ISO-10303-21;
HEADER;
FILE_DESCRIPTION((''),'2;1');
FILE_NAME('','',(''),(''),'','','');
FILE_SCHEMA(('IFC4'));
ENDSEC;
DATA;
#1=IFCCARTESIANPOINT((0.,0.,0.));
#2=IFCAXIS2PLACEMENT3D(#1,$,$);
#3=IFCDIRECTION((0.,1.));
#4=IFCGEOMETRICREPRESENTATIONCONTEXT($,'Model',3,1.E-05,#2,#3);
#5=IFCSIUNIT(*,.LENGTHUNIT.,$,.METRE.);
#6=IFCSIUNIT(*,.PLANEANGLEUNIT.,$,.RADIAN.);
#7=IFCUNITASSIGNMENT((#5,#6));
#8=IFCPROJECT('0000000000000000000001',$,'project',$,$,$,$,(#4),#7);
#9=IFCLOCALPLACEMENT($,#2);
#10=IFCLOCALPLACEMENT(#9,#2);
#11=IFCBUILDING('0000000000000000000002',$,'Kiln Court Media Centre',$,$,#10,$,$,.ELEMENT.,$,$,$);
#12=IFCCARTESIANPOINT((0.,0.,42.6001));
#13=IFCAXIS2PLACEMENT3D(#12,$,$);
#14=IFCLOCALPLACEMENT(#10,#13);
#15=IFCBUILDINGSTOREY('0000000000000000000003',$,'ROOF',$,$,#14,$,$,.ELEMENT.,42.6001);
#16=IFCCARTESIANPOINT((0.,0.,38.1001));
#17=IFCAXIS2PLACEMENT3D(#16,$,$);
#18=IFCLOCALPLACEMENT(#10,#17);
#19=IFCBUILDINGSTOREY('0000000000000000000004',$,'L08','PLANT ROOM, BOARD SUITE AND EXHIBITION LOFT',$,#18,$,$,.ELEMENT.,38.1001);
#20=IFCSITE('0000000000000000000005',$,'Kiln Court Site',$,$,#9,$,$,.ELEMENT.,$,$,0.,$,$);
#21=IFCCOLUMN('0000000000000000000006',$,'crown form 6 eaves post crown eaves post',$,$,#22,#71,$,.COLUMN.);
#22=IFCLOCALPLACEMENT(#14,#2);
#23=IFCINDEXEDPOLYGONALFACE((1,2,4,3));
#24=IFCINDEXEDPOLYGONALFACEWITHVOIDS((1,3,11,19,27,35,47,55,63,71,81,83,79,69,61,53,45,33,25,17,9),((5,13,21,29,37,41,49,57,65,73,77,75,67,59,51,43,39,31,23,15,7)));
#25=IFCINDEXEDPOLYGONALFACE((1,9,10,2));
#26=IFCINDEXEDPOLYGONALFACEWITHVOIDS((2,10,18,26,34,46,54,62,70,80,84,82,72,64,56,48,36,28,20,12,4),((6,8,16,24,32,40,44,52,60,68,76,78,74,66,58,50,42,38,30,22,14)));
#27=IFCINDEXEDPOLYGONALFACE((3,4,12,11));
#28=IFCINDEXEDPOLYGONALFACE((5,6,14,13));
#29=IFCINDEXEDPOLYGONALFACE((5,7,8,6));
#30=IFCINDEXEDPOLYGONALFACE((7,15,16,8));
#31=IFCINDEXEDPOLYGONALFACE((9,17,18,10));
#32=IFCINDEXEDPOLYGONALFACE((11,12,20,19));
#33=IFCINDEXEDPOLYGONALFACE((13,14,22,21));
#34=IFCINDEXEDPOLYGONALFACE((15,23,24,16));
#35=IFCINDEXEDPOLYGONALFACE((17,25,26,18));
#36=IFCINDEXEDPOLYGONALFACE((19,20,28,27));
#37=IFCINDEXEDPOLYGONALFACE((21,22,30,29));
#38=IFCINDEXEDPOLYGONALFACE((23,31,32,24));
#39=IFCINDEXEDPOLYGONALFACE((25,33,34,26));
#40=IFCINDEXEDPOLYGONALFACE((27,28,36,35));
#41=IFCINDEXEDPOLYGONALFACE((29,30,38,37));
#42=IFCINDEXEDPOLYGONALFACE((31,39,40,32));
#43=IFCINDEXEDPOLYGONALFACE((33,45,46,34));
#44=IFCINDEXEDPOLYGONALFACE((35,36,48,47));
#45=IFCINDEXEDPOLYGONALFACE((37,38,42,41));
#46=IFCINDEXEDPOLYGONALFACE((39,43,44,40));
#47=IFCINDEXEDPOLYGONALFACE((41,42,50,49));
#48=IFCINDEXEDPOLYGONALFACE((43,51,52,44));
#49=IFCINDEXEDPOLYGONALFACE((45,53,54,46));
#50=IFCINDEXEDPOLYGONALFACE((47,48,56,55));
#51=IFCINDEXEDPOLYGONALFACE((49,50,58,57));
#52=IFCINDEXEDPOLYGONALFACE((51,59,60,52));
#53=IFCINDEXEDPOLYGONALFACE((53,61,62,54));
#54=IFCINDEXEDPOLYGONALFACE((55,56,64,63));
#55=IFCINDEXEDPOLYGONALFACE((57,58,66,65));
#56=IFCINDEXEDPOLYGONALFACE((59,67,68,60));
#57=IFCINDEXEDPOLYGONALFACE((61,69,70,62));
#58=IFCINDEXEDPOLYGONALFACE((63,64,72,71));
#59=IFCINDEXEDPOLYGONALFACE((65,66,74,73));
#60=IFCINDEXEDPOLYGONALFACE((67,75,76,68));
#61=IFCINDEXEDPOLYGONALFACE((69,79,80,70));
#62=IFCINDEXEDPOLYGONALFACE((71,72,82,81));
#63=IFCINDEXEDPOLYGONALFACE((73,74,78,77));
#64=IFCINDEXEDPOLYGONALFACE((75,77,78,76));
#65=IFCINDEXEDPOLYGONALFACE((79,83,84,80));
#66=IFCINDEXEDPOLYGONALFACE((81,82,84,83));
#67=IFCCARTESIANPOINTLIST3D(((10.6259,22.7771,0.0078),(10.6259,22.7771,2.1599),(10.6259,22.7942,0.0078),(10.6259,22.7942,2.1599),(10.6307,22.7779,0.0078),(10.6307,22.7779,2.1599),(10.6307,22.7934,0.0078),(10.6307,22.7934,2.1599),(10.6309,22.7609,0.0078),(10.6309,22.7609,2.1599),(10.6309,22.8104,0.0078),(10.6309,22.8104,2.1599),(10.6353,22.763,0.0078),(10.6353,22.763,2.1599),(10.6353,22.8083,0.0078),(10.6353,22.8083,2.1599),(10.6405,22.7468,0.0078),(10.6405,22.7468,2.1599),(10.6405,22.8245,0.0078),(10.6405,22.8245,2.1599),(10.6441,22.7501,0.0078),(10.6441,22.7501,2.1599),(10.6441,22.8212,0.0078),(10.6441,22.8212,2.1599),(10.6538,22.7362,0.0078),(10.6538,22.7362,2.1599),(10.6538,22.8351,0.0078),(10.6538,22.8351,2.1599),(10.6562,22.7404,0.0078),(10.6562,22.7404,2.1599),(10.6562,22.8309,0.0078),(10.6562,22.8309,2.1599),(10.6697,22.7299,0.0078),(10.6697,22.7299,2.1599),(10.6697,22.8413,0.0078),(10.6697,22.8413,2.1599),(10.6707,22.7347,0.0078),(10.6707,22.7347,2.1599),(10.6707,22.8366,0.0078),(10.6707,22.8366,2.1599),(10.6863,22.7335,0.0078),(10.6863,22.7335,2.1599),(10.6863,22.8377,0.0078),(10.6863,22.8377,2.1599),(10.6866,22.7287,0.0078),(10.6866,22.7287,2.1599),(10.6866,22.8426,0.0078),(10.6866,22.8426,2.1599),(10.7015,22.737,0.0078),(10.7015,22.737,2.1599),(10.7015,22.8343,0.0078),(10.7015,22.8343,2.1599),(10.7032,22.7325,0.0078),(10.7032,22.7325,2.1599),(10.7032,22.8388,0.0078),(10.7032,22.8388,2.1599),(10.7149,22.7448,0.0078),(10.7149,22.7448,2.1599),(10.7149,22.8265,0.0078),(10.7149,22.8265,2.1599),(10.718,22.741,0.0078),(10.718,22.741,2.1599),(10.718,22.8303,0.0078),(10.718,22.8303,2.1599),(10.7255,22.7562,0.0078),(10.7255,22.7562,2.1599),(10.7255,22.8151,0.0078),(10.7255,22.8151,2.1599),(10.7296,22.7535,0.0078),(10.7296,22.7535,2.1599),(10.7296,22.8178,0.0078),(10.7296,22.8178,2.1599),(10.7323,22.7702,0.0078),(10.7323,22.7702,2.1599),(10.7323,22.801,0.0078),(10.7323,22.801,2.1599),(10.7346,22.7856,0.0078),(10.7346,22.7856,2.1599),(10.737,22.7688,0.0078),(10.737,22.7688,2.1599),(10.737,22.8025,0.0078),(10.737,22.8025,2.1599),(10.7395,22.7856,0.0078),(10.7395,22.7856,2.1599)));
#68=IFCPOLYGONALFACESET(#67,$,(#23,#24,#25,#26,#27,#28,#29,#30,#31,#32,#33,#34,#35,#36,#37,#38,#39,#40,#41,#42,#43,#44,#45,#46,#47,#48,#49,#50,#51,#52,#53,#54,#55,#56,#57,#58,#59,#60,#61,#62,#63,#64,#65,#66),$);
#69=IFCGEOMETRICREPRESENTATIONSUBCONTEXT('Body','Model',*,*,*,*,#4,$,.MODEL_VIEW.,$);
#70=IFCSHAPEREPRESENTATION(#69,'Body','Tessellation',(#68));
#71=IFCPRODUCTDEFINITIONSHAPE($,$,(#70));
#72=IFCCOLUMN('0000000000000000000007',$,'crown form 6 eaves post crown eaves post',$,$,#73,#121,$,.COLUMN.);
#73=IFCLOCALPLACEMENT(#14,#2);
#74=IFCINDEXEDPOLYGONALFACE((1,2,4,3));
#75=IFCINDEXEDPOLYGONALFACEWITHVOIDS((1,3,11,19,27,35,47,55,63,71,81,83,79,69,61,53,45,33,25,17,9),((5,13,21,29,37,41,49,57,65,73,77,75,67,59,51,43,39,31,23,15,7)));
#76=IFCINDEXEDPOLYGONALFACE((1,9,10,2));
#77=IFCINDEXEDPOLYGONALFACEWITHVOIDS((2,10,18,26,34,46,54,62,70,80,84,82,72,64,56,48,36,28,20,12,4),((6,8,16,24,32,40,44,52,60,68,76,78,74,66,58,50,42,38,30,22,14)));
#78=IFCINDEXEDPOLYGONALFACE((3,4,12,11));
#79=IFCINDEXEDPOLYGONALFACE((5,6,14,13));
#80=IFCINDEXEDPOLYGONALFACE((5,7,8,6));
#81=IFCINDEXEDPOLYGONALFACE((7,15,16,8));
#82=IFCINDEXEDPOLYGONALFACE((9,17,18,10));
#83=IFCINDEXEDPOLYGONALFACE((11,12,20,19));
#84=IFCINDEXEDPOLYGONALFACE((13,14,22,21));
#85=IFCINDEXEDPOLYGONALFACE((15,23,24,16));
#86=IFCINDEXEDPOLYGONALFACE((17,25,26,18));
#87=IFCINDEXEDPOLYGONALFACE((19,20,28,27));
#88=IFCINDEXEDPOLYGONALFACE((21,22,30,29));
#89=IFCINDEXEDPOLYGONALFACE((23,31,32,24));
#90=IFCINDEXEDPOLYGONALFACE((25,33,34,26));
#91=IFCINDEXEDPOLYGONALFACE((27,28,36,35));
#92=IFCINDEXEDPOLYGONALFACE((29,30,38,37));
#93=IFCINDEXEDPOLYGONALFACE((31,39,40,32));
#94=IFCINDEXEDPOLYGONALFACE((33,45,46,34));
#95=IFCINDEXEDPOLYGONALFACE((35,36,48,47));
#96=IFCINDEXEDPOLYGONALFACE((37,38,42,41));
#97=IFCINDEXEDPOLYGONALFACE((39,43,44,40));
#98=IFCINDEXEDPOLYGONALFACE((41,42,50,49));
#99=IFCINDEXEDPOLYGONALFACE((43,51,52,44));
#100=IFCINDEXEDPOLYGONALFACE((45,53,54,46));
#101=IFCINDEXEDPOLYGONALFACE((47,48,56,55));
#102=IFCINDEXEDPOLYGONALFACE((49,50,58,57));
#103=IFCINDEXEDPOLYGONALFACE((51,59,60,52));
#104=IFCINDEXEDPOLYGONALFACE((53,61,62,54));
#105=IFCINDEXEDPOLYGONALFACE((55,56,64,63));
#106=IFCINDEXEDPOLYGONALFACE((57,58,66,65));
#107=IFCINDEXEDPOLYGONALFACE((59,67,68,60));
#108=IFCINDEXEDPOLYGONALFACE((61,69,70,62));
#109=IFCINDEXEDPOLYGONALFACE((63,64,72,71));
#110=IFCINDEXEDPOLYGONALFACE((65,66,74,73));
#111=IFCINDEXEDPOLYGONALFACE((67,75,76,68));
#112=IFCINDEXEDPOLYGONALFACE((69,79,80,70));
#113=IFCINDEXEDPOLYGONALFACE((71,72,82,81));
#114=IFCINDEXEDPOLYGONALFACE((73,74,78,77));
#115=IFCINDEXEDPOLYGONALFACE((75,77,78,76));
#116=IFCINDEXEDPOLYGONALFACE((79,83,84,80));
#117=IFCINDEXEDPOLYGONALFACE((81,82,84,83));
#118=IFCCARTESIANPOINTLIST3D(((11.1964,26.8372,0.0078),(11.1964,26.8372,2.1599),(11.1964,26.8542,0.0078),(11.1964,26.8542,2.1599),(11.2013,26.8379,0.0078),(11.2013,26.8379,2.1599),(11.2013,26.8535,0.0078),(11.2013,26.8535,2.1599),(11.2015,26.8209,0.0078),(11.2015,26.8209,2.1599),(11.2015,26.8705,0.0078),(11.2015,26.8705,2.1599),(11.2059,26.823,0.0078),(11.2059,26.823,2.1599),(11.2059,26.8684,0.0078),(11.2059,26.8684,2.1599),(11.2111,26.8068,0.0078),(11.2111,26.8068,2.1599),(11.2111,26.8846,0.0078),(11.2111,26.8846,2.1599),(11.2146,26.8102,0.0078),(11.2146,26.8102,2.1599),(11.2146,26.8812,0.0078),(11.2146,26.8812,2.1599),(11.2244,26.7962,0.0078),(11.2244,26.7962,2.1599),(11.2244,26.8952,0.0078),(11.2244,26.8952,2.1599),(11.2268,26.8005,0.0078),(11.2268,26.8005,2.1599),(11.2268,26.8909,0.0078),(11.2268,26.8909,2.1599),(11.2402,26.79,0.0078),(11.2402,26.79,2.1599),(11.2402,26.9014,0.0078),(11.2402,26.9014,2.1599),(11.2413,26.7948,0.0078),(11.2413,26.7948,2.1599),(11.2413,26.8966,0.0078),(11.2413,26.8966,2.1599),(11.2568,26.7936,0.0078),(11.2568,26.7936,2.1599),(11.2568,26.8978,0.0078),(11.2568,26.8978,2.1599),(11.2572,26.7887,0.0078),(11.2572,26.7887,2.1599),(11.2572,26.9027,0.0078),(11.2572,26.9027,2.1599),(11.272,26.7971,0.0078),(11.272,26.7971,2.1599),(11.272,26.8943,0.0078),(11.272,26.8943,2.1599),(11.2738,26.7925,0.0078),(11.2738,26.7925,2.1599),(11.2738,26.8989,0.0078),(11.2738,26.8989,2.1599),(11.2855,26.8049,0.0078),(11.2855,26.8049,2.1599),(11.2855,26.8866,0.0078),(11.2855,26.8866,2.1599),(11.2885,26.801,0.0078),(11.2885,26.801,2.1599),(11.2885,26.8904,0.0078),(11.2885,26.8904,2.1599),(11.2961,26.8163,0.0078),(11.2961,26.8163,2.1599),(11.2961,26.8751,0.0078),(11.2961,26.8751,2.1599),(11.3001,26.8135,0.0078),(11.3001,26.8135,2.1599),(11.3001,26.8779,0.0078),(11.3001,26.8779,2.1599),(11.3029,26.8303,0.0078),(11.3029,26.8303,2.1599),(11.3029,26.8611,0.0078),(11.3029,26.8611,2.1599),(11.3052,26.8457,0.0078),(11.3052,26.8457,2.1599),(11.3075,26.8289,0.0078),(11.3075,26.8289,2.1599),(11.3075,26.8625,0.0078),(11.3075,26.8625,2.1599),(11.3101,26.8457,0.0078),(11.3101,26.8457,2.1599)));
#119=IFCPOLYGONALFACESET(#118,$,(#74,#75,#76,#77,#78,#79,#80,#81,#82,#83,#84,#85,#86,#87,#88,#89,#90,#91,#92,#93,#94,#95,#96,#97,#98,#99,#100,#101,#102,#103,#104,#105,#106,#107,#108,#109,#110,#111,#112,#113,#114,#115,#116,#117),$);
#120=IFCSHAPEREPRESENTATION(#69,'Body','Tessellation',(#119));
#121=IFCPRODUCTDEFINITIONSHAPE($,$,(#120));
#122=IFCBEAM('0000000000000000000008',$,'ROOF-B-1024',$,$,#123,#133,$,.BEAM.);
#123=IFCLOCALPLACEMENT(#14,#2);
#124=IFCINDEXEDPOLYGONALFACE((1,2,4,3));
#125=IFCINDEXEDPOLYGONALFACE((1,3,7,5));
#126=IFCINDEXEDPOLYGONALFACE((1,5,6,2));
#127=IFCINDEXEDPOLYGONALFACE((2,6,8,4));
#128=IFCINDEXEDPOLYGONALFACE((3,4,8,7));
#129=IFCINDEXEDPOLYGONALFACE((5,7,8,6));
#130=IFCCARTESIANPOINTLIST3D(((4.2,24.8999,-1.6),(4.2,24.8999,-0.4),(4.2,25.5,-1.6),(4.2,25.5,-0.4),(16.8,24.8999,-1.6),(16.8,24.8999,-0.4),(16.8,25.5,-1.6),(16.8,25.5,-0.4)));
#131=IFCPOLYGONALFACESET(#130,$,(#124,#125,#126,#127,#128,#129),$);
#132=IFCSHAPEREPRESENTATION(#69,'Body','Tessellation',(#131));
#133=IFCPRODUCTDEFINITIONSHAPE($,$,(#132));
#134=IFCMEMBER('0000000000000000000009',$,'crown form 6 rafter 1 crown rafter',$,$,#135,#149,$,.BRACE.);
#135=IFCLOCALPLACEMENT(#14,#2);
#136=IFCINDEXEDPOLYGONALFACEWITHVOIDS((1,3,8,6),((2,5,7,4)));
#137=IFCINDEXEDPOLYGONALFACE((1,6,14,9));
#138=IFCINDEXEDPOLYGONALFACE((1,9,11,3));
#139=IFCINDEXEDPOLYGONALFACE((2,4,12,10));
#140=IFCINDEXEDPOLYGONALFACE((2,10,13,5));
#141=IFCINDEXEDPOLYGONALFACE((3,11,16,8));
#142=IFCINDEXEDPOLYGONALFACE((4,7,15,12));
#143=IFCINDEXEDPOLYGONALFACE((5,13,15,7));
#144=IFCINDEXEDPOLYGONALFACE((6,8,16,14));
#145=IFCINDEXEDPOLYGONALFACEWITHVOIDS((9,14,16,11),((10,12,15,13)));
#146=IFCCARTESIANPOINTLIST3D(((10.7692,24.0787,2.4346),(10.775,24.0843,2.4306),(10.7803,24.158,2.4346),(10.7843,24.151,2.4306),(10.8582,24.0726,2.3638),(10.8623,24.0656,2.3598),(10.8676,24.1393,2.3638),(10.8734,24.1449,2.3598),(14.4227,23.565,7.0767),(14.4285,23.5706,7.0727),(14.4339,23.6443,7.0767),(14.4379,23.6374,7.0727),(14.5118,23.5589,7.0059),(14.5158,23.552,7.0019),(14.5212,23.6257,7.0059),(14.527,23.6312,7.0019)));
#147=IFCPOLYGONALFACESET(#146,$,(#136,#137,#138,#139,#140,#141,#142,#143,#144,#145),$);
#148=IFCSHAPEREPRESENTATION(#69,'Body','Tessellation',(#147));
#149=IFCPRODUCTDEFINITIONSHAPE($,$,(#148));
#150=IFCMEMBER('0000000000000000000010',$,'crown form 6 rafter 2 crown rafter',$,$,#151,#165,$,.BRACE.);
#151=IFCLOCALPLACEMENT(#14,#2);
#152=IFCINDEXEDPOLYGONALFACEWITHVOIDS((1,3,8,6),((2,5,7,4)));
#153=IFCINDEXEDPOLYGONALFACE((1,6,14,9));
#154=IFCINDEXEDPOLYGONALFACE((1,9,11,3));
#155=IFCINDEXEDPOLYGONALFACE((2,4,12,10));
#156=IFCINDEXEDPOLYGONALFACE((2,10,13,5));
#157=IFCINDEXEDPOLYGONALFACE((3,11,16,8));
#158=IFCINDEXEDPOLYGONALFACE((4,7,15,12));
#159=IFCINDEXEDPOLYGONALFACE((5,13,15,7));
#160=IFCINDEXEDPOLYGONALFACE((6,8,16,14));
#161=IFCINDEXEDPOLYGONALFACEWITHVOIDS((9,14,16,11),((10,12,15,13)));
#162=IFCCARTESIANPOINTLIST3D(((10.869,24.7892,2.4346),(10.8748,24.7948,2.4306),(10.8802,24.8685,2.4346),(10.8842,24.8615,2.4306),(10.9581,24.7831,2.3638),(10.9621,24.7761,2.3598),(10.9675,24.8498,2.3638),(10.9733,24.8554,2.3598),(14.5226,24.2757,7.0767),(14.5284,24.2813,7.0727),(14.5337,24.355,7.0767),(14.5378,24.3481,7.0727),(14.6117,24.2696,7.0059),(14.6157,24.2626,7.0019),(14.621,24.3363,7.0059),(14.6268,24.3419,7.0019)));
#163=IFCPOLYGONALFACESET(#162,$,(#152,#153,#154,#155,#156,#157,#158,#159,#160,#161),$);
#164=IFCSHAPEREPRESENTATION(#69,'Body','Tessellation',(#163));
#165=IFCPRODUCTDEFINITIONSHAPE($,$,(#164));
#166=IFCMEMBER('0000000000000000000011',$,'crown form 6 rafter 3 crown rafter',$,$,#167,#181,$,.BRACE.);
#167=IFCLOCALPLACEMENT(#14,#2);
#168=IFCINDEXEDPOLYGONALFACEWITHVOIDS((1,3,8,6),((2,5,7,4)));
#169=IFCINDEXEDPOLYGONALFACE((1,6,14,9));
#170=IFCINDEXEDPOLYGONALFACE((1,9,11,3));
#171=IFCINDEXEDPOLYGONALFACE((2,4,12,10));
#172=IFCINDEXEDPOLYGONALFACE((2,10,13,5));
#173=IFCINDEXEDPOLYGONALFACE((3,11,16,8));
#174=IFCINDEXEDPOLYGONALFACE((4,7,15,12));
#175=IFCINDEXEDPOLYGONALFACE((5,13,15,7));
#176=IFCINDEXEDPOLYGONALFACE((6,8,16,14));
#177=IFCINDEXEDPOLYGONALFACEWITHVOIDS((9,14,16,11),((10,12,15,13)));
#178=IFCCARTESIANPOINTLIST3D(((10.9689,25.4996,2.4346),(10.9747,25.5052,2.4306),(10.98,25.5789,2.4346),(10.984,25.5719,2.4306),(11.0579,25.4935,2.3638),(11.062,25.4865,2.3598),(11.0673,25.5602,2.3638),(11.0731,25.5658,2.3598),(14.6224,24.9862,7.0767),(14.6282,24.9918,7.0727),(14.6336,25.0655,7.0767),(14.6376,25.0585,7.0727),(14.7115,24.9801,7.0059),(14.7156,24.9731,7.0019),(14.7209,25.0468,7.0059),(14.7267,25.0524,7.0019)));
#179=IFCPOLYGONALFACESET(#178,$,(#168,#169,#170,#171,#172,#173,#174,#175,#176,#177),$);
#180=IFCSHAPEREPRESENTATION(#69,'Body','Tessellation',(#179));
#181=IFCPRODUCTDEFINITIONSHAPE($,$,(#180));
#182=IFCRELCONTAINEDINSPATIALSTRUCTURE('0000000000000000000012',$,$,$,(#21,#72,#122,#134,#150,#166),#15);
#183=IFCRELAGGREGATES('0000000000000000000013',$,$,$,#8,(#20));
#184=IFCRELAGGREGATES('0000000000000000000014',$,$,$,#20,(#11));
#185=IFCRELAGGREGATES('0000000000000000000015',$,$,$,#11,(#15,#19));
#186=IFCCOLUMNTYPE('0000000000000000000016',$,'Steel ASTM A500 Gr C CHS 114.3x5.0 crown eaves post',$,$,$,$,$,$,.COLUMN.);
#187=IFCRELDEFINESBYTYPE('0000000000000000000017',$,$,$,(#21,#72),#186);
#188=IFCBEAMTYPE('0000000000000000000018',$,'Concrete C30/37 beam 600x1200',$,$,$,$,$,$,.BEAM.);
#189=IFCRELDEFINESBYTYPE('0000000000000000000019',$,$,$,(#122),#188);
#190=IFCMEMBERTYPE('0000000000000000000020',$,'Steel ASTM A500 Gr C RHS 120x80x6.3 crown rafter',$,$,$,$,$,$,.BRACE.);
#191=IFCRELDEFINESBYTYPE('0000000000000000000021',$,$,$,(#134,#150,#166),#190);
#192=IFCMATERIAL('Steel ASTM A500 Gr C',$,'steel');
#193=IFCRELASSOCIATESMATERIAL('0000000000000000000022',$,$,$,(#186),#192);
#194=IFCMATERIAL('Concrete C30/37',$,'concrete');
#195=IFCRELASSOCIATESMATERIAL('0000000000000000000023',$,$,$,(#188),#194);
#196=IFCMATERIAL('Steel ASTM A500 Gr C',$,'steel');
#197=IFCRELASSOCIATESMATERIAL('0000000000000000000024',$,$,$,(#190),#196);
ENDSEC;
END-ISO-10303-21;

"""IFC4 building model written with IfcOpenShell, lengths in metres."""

from ifc_helpers import new_model, si_unit, direction, frame, origin, origin_2d, place, context, subcontext, project, spatial, rectangle, hollow_rectangle, hollow_circle, extrude, material, material_profile, profile_set, type_object, element, save


model = new_model("IFC4")

# Units and contexts
model_context = context("Model", 3, precision=1e-05, world=origin(), true_north=direction((0.0, 1.0)))
body_context = subcontext(model_context, "Body", "Model", "MODEL_VIEW")
ifc_project = project(units=[si_unit("LENGTHUNIT", "METRE"), si_unit("PLANEANGLEUNIT", "RADIAN")], contexts=[model_context])

# Site, building, storey
site_placement = place(None, origin())
site = spatial("IfcSite", under=ifc_project, at=site_placement, Name="Kiln Court Site", CompositionType="ELEMENT", RefElevation=0.0)
building_placement = place(site_placement, origin())
building = spatial("IfcBuilding", under=site, at=building_placement, Name="Kiln Court Media Centre", CompositionType="ELEMENT")
storey_1_placement = place(building_placement, frame((0.0, 0.0, 42.6001)))
storey_1 = spatial("IfcBuildingStorey", under=building, at=storey_1_placement, Name="ROOF", CompositionType="ELEMENT", Elevation=42.6001)

# Columns
ifc_material_1 = material(Name="Steel ASTM A500 Gr C", Category="steel")
ifc_material_profile_1 = material_profile(ifc_material_1, hollow_circle(Radius=0.0571, WallThickness=0.0049, at=origin_2d()), Name="CHS 114.3x5.0")
ifc_profile_set_1 = profile_set([ifc_material_profile_1], Name="Steel ASTM A500 Gr C")
column_type = type_object("IfcColumnType", Name="Steel ASTM A500 Gr C CHS 114.3x5.0 crown eaves post", PredefinedType="COLUMN", material=ifc_profile_set_1)
for number, where, z_axis, x_axis, name in (
    (1, (10.6824, 22.7856, 0.0078), (0.0, 0.0, 1.0), (1.0, 0.0, 0.0), "crown form 6 eaves post crown eaves post"),
    (2, (11.2529, 26.8457, 0.0078), (0.0, 0.0, 1.0), (1.0, 0.0, 0.0), "crown form 6 eaves post crown eaves post"),
):
    element("IfcColumn", number, at=place(storey_1_placement, frame(where, z_axis=z_axis, x_axis=x_axis)), inside=storey_1, type_object=column_type, Name=name, PredefinedType="COLUMN", context=body_context, shape_type="SweptSolid", body=[
        extrude(hollow_circle(Radius=0.0571, WallThickness=0.0049, at=origin_2d()), origin(), (0.0, 0.0, 1.0), 2.1521),
    ])

# Beam
ifc_material_2 = material(Name="Concrete C30/37", Category="concrete")
ifc_material_profile_2 = material_profile(ifc_material_2, rectangle(XDim=0.6001, YDim=1.2, at=origin_2d()), Name="RC 600x1200")
ifc_profile_set_2 = profile_set([ifc_material_profile_2], Name="Concrete C30/37")
beam_type_1 = type_object("IfcBeamType", Name="Concrete C30/37 beam 600x1200", PredefinedType="BEAM", material=ifc_profile_set_2)
beam_1_placement = place(storey_1_placement, frame((4.2, 25.2, -1.0), z_axis=(1.0, 0.0, 0.0), x_axis=(0.0, 1.0, 0.0)))
element("IfcBeam", 3, at=beam_1_placement, inside=storey_1, type_object=beam_type_1, Name="ROOF-B-1024", PredefinedType="BEAM", context=body_context, shape_type="SweptSolid", body=[
    extrude(rectangle(XDim=0.6001, YDim=1.2, at=origin_2d()), origin(), (0.0, 0.0, 1.0), 12.6001),
])

# Members
ifc_material_3 = material(Name="Steel ASTM A500 Gr C", Category="steel")
ifc_material_profile_3 = material_profile(ifc_material_3, hollow_rectangle(XDim=0.0801, YDim=0.1201, WallThickness=0.0063, at=origin_2d()), Name="RHS 120x80x6.3")
ifc_profile_set_3 = profile_set([ifc_material_profile_3], Name="Steel ASTM A500 Gr C")
member_type = type_object("IfcMemberType", Name="Steel ASTM A500 Gr C RHS 120x80x6.3 crown rafter", PredefinedType="BRACE", material=ifc_profile_set_3)
for number, where, z_axis, x_axis, name in (
    (4, (10.8213, 24.1118, 2.3972), (0.616146, -0.086627, 0.782854), (0.139225, 0.990261, 0.0), "crown form 6 rafter 1 crown rafter"),
    (5, (10.9211, 24.8223, 2.3972), (0.616148, -0.086586, 0.782856), (0.139161, 0.99027, 0.0), "crown form 6 rafter 2 crown rafter"),
    (6, (11.021, 25.5327, 2.3972), (0.616148, -0.086586, 0.782856), (0.139161, 0.99027, 0.0), "crown form 6 rafter 3 crown rafter"),
):
    element("IfcMember", number, at=place(storey_1_placement, frame(where, z_axis=z_axis, x_axis=x_axis)), inside=storey_1, type_object=member_type, Name=name, PredefinedType="BRACE", context=body_context, shape_type="SweptSolid", body=[
        extrude(hollow_rectangle(XDim=0.0801, YDim=0.1201, WallThickness=0.0063, at=origin_2d()), origin(), (0.0, 0.0, 1.0), 5.9297),
    ])

# Shared definitions
storey_2_placement = place(building_placement, frame((0.0, 0.0, 38.1001)))
storey_2 = spatial("IfcBuildingStorey", under=building, at=storey_2_placement, Name="L08", Description="PLANT ROOM, BOARD SUITE AND EXHIBITION LOFT", CompositionType="ELEMENT", Elevation=38.1001)

save(model, "model.ifc")
